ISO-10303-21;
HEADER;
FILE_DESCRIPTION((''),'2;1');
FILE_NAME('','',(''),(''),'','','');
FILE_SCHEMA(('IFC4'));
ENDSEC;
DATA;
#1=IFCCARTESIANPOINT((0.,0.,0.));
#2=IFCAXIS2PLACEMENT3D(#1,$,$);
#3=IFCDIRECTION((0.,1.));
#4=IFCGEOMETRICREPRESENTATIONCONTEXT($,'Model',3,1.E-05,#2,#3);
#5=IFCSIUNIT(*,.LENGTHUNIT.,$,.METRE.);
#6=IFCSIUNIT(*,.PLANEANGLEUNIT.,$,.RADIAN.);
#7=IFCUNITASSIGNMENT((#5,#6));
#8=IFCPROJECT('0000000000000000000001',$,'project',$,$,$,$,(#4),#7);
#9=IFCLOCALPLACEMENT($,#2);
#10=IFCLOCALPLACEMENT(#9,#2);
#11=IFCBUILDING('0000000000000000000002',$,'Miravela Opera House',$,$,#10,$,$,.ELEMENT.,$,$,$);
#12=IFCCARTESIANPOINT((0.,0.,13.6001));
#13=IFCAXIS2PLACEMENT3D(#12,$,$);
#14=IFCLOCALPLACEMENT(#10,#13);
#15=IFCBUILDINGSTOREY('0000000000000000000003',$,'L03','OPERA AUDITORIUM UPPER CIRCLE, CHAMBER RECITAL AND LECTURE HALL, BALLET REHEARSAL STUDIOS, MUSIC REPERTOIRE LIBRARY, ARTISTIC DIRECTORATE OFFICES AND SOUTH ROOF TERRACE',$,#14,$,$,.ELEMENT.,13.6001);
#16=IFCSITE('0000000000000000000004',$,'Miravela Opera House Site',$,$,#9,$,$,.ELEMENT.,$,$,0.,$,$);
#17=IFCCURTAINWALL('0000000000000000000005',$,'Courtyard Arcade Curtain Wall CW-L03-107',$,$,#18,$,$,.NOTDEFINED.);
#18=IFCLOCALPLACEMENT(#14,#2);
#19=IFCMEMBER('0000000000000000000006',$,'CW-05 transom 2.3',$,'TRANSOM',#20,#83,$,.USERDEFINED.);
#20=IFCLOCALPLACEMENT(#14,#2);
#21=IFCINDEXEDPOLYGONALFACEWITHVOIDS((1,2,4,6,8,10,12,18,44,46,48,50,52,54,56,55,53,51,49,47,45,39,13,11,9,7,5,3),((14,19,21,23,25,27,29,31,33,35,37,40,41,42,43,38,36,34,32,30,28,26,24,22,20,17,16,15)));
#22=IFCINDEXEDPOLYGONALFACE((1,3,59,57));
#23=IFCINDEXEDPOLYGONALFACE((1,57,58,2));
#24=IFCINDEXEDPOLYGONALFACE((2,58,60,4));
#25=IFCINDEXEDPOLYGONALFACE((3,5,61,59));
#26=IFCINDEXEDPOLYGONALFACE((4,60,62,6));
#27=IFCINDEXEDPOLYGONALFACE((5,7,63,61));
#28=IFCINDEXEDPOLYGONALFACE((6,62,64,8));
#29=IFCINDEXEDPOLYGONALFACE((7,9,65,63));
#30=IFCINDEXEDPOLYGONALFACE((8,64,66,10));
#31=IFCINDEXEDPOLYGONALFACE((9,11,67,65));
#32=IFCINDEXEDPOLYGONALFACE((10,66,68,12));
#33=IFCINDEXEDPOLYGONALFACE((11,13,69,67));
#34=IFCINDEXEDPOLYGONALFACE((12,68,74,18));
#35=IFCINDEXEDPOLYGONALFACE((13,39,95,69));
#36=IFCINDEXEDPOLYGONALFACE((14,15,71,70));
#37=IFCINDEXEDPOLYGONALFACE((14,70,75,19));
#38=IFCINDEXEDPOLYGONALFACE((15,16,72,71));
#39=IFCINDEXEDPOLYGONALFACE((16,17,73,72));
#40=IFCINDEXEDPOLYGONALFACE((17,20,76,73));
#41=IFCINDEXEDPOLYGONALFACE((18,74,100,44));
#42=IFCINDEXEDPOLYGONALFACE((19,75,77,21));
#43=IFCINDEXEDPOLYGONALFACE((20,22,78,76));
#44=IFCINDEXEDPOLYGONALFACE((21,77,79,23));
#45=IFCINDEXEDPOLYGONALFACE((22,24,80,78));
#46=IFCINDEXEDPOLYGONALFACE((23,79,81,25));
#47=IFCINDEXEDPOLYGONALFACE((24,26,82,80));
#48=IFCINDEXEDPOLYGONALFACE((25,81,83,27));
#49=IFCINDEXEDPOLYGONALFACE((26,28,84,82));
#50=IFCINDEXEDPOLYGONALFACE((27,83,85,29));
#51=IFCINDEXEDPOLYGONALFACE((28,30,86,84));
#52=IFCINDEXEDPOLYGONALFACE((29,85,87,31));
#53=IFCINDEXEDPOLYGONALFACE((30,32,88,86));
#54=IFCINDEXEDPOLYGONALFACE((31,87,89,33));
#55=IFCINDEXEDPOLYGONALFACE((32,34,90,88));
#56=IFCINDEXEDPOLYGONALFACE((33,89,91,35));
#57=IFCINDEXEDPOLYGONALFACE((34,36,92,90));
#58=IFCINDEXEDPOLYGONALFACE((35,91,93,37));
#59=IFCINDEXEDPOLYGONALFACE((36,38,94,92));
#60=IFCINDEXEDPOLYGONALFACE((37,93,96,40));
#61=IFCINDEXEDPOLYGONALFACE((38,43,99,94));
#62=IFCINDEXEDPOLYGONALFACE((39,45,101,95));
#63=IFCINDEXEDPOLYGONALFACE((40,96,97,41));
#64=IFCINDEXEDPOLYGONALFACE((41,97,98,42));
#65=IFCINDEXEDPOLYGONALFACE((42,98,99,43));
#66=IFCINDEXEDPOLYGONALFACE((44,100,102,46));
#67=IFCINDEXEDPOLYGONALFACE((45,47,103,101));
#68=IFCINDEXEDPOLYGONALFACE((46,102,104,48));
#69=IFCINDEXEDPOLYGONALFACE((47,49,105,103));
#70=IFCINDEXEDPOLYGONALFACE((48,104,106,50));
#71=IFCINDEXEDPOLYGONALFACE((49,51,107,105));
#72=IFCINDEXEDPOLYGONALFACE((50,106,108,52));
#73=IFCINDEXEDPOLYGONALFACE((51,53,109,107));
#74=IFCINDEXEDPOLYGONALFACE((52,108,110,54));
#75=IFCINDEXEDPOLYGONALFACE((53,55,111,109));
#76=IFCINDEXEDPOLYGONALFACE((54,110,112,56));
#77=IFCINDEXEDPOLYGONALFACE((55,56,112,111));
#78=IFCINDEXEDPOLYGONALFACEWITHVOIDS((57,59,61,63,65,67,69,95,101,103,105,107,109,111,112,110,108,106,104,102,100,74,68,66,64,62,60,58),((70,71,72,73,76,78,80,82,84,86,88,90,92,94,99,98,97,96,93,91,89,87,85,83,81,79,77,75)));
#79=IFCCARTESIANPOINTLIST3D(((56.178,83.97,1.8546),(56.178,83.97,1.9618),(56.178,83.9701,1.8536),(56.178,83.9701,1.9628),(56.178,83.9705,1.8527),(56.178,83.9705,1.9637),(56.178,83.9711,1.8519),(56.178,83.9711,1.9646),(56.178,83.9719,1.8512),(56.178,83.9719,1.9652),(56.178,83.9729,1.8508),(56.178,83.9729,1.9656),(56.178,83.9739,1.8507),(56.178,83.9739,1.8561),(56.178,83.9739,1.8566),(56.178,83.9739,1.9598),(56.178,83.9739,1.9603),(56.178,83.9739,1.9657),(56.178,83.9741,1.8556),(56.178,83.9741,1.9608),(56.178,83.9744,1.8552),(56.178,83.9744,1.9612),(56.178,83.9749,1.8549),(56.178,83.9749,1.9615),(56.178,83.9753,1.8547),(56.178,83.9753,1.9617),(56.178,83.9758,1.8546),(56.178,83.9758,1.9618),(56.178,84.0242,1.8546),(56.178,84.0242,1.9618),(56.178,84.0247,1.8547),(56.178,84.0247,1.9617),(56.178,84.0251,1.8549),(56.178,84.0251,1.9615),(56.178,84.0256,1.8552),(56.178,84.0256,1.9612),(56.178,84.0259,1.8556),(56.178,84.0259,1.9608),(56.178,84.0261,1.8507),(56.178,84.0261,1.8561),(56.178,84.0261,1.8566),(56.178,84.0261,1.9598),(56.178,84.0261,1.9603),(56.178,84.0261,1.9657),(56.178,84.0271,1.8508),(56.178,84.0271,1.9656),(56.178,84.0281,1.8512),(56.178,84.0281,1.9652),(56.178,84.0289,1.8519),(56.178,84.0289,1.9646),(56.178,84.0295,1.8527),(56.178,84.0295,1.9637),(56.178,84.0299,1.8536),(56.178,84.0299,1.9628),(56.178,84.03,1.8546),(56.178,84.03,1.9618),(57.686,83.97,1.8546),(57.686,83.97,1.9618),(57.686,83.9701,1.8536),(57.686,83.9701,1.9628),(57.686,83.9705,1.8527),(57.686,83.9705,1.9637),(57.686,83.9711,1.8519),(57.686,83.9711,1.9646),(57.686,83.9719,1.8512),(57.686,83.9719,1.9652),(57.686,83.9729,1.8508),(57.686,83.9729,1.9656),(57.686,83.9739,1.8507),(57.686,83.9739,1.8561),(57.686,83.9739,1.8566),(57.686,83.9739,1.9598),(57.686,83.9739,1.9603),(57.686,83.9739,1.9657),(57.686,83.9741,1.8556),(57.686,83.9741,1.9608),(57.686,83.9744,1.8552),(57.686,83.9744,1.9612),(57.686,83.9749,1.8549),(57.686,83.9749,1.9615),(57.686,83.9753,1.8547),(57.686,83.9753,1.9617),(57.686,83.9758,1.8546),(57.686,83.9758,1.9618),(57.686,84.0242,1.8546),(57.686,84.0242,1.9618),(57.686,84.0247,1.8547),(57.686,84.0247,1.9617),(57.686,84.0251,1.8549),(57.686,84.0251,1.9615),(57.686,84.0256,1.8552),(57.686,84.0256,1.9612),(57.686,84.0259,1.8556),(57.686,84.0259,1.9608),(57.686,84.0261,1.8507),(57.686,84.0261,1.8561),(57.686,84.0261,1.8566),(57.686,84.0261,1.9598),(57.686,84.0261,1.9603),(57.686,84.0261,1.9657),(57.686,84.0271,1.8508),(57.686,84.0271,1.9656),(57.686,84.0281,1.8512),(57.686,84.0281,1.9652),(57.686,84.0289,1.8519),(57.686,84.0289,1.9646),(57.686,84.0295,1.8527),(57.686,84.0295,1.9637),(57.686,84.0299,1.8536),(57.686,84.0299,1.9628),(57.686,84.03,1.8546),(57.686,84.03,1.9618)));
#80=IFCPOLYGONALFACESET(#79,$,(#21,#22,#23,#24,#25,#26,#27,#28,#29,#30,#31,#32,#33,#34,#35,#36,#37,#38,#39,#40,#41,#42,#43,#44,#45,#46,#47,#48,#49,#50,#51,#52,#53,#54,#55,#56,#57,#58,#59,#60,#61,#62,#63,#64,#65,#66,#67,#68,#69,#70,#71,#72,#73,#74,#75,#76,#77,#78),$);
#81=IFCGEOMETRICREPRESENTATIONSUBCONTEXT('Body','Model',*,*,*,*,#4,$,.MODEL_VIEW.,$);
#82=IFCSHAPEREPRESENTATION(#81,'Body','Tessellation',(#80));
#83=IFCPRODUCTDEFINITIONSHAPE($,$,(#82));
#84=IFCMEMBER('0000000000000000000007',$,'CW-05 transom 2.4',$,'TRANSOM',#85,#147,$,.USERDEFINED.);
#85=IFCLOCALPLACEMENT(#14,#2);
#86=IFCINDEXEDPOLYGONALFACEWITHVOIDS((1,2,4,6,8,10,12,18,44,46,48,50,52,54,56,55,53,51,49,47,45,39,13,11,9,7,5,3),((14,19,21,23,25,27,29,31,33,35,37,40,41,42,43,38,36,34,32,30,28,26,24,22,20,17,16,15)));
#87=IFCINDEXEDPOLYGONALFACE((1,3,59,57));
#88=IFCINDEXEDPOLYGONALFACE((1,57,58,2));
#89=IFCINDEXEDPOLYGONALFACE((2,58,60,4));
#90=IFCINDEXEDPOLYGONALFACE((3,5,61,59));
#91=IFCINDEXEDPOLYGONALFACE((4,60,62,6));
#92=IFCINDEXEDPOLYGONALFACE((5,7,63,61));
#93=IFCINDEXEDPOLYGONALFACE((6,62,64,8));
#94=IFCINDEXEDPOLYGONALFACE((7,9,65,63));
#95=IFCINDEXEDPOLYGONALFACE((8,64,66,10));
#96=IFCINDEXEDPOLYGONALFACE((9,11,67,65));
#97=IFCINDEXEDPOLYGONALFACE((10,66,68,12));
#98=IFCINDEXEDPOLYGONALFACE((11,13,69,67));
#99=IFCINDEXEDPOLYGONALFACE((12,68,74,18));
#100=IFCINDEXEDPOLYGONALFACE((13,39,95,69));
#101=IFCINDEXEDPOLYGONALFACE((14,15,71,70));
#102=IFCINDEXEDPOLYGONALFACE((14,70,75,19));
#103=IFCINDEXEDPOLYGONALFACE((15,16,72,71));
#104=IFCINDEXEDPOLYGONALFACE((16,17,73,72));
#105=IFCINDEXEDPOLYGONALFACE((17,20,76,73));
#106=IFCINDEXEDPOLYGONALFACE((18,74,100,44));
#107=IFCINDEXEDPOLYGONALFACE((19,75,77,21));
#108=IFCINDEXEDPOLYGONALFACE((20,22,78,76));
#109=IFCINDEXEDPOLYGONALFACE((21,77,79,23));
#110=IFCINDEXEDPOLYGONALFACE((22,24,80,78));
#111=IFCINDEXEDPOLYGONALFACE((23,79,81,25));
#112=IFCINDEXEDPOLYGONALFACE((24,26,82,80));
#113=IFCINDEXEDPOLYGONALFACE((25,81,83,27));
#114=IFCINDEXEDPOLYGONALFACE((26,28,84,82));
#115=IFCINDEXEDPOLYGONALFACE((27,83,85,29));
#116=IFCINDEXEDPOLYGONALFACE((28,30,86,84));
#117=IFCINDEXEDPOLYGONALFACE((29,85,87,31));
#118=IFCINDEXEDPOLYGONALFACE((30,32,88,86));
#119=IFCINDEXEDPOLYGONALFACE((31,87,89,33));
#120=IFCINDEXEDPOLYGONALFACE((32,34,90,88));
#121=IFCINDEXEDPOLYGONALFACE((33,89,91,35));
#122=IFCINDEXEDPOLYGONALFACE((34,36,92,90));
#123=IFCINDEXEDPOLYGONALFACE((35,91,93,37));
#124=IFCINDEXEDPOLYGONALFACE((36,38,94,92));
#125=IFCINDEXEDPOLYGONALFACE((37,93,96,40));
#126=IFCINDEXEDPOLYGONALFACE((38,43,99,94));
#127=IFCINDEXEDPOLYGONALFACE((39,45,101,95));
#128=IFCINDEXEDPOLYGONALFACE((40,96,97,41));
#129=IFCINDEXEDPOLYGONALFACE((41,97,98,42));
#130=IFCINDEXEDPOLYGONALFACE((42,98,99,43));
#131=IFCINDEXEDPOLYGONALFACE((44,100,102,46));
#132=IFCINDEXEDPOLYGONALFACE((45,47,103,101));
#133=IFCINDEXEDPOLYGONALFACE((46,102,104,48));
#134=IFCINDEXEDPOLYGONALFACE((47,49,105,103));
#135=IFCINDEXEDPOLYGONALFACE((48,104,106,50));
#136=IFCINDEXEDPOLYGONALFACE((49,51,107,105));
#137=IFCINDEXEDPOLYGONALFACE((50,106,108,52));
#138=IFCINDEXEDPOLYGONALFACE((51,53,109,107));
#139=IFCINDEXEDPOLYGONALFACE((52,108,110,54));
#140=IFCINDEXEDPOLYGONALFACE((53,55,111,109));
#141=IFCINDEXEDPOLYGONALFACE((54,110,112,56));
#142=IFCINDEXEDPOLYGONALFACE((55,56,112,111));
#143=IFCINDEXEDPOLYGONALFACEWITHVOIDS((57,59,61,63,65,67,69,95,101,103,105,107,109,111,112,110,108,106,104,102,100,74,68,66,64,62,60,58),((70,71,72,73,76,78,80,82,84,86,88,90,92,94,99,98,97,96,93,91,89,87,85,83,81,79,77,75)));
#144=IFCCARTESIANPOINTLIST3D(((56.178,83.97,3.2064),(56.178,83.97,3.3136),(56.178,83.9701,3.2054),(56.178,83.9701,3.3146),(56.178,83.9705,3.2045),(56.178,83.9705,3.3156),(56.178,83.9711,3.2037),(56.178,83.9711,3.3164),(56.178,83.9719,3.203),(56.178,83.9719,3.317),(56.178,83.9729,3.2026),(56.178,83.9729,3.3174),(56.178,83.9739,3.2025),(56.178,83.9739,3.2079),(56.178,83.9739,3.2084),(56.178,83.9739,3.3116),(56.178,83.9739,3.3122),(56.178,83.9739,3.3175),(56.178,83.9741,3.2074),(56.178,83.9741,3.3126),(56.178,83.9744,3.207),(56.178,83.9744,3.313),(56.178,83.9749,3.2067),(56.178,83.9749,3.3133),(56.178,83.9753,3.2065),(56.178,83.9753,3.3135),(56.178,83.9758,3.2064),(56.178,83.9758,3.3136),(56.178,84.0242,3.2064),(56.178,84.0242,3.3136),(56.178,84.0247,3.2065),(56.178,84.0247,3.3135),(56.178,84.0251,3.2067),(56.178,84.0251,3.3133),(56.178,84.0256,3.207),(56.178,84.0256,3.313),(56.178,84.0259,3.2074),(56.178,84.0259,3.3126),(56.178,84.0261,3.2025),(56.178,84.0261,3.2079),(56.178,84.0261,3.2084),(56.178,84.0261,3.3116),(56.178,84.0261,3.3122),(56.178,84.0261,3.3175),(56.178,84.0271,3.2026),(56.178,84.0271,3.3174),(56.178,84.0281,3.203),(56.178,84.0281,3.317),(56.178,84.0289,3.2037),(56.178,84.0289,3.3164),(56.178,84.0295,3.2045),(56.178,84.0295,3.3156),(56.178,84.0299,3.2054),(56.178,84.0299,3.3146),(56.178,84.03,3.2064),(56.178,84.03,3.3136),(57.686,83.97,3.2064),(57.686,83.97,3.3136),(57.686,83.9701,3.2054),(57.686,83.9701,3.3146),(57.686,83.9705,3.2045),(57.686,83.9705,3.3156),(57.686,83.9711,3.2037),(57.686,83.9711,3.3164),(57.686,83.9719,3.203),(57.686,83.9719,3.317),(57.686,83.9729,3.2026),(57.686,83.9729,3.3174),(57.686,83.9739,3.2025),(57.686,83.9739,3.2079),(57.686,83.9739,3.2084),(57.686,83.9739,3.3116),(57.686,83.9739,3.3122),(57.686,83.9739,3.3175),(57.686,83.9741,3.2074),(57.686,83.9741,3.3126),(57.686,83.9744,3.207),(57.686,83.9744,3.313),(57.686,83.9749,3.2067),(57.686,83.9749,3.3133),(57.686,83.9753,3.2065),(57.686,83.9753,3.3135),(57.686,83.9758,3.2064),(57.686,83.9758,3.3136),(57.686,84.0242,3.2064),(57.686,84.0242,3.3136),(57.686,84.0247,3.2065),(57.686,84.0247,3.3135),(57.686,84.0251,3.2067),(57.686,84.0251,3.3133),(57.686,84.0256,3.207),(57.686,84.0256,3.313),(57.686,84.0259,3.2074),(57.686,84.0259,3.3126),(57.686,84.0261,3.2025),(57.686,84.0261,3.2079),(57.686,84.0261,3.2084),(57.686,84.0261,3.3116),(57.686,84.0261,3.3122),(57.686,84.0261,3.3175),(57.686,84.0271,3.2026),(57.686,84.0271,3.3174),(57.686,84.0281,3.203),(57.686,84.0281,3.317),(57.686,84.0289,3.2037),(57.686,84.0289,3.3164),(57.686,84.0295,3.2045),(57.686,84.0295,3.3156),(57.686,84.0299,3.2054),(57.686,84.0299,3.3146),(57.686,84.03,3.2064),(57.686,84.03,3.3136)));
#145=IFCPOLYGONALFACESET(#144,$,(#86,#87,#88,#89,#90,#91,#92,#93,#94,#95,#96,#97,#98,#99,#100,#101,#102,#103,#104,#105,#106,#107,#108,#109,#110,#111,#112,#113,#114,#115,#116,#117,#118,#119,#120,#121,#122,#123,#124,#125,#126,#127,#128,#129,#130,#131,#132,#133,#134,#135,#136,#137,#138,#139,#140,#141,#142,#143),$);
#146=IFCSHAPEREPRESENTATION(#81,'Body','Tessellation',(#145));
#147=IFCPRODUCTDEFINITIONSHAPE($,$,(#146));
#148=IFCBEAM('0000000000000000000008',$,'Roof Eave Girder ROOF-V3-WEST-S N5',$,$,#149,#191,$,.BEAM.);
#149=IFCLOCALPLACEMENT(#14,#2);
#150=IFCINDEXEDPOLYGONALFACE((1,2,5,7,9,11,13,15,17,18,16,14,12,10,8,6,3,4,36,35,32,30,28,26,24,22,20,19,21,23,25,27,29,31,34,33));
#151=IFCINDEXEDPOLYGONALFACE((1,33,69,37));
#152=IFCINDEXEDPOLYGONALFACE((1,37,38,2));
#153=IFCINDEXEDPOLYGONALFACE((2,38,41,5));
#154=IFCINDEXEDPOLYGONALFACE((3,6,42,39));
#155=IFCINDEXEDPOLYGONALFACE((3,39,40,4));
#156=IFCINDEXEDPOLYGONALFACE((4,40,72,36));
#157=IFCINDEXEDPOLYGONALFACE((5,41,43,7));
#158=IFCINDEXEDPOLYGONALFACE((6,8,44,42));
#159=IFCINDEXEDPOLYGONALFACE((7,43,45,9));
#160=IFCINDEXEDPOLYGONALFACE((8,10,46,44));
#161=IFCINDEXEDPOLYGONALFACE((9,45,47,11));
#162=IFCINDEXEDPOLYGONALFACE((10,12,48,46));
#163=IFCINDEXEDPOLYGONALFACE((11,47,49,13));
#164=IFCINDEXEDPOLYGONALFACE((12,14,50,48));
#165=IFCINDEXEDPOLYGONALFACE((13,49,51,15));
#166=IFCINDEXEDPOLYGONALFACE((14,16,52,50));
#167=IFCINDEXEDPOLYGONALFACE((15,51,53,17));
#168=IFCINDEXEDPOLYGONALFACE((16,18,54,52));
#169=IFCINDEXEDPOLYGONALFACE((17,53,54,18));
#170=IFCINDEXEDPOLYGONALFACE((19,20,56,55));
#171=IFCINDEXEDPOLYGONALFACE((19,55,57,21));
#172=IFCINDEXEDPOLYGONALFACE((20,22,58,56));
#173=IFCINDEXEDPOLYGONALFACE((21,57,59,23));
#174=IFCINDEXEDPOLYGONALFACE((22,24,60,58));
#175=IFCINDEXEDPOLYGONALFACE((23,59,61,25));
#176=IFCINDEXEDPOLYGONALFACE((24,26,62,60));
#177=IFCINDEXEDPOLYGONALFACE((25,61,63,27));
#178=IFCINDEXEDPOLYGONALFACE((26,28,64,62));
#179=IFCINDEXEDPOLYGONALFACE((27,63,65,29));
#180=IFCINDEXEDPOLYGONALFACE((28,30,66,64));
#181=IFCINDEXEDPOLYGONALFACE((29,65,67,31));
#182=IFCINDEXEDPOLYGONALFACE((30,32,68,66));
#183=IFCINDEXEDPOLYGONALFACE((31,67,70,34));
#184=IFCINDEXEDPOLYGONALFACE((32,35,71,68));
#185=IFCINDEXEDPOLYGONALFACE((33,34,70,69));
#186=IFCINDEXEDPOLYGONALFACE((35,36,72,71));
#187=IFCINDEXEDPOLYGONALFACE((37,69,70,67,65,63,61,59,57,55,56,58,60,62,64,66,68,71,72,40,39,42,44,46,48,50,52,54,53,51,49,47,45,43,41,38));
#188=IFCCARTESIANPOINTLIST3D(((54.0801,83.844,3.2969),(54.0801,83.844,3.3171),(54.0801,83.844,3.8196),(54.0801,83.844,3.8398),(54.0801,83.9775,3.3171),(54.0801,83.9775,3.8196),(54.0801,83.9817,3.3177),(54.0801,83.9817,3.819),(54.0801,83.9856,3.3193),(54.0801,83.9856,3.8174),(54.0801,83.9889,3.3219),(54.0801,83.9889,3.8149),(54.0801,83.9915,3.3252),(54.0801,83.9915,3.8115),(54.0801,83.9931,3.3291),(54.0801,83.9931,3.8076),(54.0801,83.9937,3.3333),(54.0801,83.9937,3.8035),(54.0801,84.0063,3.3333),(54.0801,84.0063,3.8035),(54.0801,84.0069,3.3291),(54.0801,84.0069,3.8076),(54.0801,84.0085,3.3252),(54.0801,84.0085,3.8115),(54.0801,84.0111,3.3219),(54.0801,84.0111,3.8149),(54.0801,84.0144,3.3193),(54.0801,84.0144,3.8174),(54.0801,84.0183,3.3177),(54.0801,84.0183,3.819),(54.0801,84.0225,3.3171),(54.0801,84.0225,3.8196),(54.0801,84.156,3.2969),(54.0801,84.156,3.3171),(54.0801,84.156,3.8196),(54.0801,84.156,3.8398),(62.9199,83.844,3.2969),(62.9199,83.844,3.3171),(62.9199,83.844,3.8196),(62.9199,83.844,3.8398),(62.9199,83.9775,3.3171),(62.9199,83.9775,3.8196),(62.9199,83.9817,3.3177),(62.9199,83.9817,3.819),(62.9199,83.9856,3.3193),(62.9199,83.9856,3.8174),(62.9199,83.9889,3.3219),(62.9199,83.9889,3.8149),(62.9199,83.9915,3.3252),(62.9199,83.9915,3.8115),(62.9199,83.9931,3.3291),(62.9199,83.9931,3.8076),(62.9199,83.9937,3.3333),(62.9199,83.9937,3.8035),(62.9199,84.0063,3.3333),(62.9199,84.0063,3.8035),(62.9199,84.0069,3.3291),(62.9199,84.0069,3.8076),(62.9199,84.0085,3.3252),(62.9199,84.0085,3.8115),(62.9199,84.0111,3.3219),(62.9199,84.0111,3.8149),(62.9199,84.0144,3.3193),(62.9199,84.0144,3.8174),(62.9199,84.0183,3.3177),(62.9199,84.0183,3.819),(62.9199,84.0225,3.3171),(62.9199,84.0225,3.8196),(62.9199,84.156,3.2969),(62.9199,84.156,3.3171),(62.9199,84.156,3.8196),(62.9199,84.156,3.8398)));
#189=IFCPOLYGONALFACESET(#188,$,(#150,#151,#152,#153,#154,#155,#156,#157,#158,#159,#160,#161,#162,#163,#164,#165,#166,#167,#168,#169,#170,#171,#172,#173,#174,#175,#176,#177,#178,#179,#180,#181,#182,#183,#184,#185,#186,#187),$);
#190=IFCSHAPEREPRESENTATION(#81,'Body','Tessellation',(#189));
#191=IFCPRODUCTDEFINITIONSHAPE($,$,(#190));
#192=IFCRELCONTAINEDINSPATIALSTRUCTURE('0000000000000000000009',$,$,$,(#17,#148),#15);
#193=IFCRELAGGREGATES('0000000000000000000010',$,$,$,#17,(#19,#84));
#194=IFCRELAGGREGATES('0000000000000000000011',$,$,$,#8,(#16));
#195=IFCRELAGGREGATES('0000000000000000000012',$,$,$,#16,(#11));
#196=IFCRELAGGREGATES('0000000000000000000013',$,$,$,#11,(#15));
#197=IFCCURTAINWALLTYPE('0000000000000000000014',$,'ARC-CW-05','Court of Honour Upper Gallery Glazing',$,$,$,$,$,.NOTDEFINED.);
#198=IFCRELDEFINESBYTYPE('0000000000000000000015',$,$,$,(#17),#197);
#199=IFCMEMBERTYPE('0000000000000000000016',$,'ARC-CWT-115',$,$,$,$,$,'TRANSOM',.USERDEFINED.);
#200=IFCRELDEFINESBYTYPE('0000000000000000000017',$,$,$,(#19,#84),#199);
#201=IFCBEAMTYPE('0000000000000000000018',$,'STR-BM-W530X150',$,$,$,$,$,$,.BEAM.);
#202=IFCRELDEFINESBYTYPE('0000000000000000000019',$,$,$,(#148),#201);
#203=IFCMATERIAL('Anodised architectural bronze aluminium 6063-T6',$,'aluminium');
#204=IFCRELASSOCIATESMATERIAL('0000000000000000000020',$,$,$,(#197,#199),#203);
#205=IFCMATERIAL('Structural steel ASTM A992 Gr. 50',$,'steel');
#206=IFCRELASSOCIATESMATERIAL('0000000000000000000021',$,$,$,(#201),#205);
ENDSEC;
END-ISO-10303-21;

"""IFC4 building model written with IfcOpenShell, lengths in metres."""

from ifc_helpers import new_model, si_unit, direction, frame, origin, origin_2d, place, context, subcontext, project, spatial, hollow_rectangle, i_section, extrude, material, material_profile, profile_set, type_object, element, aggregate, save


model = new_model("IFC4")

# Units and contexts
model_context = context("Model", 3, precision=1e-05, world=origin(), true_north=direction((0.0, 1.0)))
body_context = subcontext(model_context, "Body", "Model", "MODEL_VIEW")
ifc_project = project(units=[si_unit("LENGTHUNIT", "METRE"), si_unit("PLANEANGLEUNIT", "RADIAN")], contexts=[model_context])

# Site, building, storey
site_placement = place(None, origin())
site = spatial("IfcSite", under=ifc_project, at=site_placement, Name="Miravela Opera House Site", CompositionType="ELEMENT", RefElevation=0.0)
building_placement = place(site_placement, origin())
building = spatial("IfcBuilding", under=site, at=building_placement, Name="Miravela Opera House", CompositionType="ELEMENT")
storey_placement = place(building_placement, frame((0.0, 0.0, 13.6001)))
storey = spatial("IfcBuildingStorey", under=building, at=storey_placement, Name="L03", Description="OPERA AUDITORIUM UPPER CIRCLE, CHAMBER RECITAL AND LECTURE HALL, BALLET REHEARSAL STUDIOS, MUSIC REPERTOIRE LIBRARY, ARTISTIC DIRECTORATE OFFICES AND SOUTH ROOF TERRACE", CompositionType="ELEMENT", Elevation=13.6001)

# Curtain wall
ifc_material_1 = material(Name="Anodised architectural bronze aluminium 6063-T6", Category="aluminium")
curtain_wall_type = type_object("IfcCurtainWallType", Name="ARC-CW-05", Description="Court of Honour Upper Gallery Glazing", PredefinedType="NOTDEFINED", material=ifc_material_1)
curtain_wall_1_placement = place(storey_placement, origin())
curtain_wall_1 = element("IfcCurtainWall", 1, at=curtain_wall_1_placement, inside=storey, type_object=curtain_wall_type, Name="Courtyard Arcade Curtain Wall CW-L03-107", PredefinedType="NOTDEFINED")

# Members
ifc_material_profile_1 = material_profile(ifc_material_1, hollow_rectangle(XDim=0.0601, YDim=0.115, WallThickness=0.0039, InnerFilletRadius=0.002, OuterFilletRadius=0.0039, at=origin_2d()), Name="CWT-60X115")
ifc_profile_set_1 = profile_set([ifc_material_profile_1])
member_type_1 = type_object("IfcMemberType", Name="ARC-CWT-115", ElementType="TRANSOM", PredefinedType="USERDEFINED", material=ifc_profile_set_1)
member_1_placement = place(storey_placement, frame((56.178, 84.0, 1.9082), z_axis=(1.0, 0.0, 0.0), x_axis=(0.0, 1.0, 0.0)))
member_1 = element("IfcMember", 2, at=member_1_placement, type_object=member_type_1, Name="CW-05 transom 2.3", ObjectType="TRANSOM", PredefinedType="USERDEFINED", context=body_context, shape_type="SweptSolid", body=[
    extrude(hollow_rectangle(XDim=0.0601, YDim=0.115, WallThickness=0.0039, InnerFilletRadius=0.002, OuterFilletRadius=0.0039, at=origin_2d()), origin(), (0.0, 0.0, 1.0), 1.5081),
])
member_2_placement = place(storey_placement, frame((56.178, 84.0, 3.26), z_axis=(1.0, 0.0, 0.0), x_axis=(0.0, 1.0, 0.0)))
member_2 = element("IfcMember", 3, at=member_2_placement, type_object=member_type_1, Name="CW-05 transom 2.4", ObjectType="TRANSOM", PredefinedType="USERDEFINED", context=body_context, shape_type="SweptSolid", body=[
    extrude(hollow_rectangle(XDim=0.0601, YDim=0.115, WallThickness=0.0039, InnerFilletRadius=0.002, OuterFilletRadius=0.0039, at=origin_2d()), origin(), (0.0, 0.0, 1.0), 1.5081),
])

# Beam
ifc_material_2 = material(Name="Structural steel ASTM A992 Gr. 50", Category="steel")
ifc_material_profile_2 = material_profile(ifc_material_2, i_section(OverallWidth=0.312, OverallDepth=0.543, WebThickness=0.0127, FlangeThickness=0.0203, FilletRadius=0.0161, at=origin_2d()), Name="W530X150")
ifc_profile_set_2 = profile_set([ifc_material_profile_2])
beam_type = type_object("IfcBeamType", Name="STR-BM-W530X150", PredefinedType="BEAM", material=ifc_profile_set_2)
beam_placement = place(storey_placement, frame((54.0801, 84.0, 3.5684), z_axis=(1.0, 0.0, 0.0), x_axis=(0.0, 1.0, 0.0)))
element("IfcBeam", 4, at=beam_placement, inside=storey, type_object=beam_type, Name="Roof Eave Girder ROOF-V3-WEST-S N5", PredefinedType="BEAM", context=body_context, shape_type="SweptSolid", body=[
    extrude(i_section(OverallWidth=0.312, OverallDepth=0.543, WebThickness=0.0127, FlangeThickness=0.0203, FilletRadius=0.0161, at=origin_2d()), origin(), (0.0, 0.0, 1.0), 8.8398),
])

aggregate(curtain_wall_1, [member_1, member_2])

save(model, "model.ifc")
